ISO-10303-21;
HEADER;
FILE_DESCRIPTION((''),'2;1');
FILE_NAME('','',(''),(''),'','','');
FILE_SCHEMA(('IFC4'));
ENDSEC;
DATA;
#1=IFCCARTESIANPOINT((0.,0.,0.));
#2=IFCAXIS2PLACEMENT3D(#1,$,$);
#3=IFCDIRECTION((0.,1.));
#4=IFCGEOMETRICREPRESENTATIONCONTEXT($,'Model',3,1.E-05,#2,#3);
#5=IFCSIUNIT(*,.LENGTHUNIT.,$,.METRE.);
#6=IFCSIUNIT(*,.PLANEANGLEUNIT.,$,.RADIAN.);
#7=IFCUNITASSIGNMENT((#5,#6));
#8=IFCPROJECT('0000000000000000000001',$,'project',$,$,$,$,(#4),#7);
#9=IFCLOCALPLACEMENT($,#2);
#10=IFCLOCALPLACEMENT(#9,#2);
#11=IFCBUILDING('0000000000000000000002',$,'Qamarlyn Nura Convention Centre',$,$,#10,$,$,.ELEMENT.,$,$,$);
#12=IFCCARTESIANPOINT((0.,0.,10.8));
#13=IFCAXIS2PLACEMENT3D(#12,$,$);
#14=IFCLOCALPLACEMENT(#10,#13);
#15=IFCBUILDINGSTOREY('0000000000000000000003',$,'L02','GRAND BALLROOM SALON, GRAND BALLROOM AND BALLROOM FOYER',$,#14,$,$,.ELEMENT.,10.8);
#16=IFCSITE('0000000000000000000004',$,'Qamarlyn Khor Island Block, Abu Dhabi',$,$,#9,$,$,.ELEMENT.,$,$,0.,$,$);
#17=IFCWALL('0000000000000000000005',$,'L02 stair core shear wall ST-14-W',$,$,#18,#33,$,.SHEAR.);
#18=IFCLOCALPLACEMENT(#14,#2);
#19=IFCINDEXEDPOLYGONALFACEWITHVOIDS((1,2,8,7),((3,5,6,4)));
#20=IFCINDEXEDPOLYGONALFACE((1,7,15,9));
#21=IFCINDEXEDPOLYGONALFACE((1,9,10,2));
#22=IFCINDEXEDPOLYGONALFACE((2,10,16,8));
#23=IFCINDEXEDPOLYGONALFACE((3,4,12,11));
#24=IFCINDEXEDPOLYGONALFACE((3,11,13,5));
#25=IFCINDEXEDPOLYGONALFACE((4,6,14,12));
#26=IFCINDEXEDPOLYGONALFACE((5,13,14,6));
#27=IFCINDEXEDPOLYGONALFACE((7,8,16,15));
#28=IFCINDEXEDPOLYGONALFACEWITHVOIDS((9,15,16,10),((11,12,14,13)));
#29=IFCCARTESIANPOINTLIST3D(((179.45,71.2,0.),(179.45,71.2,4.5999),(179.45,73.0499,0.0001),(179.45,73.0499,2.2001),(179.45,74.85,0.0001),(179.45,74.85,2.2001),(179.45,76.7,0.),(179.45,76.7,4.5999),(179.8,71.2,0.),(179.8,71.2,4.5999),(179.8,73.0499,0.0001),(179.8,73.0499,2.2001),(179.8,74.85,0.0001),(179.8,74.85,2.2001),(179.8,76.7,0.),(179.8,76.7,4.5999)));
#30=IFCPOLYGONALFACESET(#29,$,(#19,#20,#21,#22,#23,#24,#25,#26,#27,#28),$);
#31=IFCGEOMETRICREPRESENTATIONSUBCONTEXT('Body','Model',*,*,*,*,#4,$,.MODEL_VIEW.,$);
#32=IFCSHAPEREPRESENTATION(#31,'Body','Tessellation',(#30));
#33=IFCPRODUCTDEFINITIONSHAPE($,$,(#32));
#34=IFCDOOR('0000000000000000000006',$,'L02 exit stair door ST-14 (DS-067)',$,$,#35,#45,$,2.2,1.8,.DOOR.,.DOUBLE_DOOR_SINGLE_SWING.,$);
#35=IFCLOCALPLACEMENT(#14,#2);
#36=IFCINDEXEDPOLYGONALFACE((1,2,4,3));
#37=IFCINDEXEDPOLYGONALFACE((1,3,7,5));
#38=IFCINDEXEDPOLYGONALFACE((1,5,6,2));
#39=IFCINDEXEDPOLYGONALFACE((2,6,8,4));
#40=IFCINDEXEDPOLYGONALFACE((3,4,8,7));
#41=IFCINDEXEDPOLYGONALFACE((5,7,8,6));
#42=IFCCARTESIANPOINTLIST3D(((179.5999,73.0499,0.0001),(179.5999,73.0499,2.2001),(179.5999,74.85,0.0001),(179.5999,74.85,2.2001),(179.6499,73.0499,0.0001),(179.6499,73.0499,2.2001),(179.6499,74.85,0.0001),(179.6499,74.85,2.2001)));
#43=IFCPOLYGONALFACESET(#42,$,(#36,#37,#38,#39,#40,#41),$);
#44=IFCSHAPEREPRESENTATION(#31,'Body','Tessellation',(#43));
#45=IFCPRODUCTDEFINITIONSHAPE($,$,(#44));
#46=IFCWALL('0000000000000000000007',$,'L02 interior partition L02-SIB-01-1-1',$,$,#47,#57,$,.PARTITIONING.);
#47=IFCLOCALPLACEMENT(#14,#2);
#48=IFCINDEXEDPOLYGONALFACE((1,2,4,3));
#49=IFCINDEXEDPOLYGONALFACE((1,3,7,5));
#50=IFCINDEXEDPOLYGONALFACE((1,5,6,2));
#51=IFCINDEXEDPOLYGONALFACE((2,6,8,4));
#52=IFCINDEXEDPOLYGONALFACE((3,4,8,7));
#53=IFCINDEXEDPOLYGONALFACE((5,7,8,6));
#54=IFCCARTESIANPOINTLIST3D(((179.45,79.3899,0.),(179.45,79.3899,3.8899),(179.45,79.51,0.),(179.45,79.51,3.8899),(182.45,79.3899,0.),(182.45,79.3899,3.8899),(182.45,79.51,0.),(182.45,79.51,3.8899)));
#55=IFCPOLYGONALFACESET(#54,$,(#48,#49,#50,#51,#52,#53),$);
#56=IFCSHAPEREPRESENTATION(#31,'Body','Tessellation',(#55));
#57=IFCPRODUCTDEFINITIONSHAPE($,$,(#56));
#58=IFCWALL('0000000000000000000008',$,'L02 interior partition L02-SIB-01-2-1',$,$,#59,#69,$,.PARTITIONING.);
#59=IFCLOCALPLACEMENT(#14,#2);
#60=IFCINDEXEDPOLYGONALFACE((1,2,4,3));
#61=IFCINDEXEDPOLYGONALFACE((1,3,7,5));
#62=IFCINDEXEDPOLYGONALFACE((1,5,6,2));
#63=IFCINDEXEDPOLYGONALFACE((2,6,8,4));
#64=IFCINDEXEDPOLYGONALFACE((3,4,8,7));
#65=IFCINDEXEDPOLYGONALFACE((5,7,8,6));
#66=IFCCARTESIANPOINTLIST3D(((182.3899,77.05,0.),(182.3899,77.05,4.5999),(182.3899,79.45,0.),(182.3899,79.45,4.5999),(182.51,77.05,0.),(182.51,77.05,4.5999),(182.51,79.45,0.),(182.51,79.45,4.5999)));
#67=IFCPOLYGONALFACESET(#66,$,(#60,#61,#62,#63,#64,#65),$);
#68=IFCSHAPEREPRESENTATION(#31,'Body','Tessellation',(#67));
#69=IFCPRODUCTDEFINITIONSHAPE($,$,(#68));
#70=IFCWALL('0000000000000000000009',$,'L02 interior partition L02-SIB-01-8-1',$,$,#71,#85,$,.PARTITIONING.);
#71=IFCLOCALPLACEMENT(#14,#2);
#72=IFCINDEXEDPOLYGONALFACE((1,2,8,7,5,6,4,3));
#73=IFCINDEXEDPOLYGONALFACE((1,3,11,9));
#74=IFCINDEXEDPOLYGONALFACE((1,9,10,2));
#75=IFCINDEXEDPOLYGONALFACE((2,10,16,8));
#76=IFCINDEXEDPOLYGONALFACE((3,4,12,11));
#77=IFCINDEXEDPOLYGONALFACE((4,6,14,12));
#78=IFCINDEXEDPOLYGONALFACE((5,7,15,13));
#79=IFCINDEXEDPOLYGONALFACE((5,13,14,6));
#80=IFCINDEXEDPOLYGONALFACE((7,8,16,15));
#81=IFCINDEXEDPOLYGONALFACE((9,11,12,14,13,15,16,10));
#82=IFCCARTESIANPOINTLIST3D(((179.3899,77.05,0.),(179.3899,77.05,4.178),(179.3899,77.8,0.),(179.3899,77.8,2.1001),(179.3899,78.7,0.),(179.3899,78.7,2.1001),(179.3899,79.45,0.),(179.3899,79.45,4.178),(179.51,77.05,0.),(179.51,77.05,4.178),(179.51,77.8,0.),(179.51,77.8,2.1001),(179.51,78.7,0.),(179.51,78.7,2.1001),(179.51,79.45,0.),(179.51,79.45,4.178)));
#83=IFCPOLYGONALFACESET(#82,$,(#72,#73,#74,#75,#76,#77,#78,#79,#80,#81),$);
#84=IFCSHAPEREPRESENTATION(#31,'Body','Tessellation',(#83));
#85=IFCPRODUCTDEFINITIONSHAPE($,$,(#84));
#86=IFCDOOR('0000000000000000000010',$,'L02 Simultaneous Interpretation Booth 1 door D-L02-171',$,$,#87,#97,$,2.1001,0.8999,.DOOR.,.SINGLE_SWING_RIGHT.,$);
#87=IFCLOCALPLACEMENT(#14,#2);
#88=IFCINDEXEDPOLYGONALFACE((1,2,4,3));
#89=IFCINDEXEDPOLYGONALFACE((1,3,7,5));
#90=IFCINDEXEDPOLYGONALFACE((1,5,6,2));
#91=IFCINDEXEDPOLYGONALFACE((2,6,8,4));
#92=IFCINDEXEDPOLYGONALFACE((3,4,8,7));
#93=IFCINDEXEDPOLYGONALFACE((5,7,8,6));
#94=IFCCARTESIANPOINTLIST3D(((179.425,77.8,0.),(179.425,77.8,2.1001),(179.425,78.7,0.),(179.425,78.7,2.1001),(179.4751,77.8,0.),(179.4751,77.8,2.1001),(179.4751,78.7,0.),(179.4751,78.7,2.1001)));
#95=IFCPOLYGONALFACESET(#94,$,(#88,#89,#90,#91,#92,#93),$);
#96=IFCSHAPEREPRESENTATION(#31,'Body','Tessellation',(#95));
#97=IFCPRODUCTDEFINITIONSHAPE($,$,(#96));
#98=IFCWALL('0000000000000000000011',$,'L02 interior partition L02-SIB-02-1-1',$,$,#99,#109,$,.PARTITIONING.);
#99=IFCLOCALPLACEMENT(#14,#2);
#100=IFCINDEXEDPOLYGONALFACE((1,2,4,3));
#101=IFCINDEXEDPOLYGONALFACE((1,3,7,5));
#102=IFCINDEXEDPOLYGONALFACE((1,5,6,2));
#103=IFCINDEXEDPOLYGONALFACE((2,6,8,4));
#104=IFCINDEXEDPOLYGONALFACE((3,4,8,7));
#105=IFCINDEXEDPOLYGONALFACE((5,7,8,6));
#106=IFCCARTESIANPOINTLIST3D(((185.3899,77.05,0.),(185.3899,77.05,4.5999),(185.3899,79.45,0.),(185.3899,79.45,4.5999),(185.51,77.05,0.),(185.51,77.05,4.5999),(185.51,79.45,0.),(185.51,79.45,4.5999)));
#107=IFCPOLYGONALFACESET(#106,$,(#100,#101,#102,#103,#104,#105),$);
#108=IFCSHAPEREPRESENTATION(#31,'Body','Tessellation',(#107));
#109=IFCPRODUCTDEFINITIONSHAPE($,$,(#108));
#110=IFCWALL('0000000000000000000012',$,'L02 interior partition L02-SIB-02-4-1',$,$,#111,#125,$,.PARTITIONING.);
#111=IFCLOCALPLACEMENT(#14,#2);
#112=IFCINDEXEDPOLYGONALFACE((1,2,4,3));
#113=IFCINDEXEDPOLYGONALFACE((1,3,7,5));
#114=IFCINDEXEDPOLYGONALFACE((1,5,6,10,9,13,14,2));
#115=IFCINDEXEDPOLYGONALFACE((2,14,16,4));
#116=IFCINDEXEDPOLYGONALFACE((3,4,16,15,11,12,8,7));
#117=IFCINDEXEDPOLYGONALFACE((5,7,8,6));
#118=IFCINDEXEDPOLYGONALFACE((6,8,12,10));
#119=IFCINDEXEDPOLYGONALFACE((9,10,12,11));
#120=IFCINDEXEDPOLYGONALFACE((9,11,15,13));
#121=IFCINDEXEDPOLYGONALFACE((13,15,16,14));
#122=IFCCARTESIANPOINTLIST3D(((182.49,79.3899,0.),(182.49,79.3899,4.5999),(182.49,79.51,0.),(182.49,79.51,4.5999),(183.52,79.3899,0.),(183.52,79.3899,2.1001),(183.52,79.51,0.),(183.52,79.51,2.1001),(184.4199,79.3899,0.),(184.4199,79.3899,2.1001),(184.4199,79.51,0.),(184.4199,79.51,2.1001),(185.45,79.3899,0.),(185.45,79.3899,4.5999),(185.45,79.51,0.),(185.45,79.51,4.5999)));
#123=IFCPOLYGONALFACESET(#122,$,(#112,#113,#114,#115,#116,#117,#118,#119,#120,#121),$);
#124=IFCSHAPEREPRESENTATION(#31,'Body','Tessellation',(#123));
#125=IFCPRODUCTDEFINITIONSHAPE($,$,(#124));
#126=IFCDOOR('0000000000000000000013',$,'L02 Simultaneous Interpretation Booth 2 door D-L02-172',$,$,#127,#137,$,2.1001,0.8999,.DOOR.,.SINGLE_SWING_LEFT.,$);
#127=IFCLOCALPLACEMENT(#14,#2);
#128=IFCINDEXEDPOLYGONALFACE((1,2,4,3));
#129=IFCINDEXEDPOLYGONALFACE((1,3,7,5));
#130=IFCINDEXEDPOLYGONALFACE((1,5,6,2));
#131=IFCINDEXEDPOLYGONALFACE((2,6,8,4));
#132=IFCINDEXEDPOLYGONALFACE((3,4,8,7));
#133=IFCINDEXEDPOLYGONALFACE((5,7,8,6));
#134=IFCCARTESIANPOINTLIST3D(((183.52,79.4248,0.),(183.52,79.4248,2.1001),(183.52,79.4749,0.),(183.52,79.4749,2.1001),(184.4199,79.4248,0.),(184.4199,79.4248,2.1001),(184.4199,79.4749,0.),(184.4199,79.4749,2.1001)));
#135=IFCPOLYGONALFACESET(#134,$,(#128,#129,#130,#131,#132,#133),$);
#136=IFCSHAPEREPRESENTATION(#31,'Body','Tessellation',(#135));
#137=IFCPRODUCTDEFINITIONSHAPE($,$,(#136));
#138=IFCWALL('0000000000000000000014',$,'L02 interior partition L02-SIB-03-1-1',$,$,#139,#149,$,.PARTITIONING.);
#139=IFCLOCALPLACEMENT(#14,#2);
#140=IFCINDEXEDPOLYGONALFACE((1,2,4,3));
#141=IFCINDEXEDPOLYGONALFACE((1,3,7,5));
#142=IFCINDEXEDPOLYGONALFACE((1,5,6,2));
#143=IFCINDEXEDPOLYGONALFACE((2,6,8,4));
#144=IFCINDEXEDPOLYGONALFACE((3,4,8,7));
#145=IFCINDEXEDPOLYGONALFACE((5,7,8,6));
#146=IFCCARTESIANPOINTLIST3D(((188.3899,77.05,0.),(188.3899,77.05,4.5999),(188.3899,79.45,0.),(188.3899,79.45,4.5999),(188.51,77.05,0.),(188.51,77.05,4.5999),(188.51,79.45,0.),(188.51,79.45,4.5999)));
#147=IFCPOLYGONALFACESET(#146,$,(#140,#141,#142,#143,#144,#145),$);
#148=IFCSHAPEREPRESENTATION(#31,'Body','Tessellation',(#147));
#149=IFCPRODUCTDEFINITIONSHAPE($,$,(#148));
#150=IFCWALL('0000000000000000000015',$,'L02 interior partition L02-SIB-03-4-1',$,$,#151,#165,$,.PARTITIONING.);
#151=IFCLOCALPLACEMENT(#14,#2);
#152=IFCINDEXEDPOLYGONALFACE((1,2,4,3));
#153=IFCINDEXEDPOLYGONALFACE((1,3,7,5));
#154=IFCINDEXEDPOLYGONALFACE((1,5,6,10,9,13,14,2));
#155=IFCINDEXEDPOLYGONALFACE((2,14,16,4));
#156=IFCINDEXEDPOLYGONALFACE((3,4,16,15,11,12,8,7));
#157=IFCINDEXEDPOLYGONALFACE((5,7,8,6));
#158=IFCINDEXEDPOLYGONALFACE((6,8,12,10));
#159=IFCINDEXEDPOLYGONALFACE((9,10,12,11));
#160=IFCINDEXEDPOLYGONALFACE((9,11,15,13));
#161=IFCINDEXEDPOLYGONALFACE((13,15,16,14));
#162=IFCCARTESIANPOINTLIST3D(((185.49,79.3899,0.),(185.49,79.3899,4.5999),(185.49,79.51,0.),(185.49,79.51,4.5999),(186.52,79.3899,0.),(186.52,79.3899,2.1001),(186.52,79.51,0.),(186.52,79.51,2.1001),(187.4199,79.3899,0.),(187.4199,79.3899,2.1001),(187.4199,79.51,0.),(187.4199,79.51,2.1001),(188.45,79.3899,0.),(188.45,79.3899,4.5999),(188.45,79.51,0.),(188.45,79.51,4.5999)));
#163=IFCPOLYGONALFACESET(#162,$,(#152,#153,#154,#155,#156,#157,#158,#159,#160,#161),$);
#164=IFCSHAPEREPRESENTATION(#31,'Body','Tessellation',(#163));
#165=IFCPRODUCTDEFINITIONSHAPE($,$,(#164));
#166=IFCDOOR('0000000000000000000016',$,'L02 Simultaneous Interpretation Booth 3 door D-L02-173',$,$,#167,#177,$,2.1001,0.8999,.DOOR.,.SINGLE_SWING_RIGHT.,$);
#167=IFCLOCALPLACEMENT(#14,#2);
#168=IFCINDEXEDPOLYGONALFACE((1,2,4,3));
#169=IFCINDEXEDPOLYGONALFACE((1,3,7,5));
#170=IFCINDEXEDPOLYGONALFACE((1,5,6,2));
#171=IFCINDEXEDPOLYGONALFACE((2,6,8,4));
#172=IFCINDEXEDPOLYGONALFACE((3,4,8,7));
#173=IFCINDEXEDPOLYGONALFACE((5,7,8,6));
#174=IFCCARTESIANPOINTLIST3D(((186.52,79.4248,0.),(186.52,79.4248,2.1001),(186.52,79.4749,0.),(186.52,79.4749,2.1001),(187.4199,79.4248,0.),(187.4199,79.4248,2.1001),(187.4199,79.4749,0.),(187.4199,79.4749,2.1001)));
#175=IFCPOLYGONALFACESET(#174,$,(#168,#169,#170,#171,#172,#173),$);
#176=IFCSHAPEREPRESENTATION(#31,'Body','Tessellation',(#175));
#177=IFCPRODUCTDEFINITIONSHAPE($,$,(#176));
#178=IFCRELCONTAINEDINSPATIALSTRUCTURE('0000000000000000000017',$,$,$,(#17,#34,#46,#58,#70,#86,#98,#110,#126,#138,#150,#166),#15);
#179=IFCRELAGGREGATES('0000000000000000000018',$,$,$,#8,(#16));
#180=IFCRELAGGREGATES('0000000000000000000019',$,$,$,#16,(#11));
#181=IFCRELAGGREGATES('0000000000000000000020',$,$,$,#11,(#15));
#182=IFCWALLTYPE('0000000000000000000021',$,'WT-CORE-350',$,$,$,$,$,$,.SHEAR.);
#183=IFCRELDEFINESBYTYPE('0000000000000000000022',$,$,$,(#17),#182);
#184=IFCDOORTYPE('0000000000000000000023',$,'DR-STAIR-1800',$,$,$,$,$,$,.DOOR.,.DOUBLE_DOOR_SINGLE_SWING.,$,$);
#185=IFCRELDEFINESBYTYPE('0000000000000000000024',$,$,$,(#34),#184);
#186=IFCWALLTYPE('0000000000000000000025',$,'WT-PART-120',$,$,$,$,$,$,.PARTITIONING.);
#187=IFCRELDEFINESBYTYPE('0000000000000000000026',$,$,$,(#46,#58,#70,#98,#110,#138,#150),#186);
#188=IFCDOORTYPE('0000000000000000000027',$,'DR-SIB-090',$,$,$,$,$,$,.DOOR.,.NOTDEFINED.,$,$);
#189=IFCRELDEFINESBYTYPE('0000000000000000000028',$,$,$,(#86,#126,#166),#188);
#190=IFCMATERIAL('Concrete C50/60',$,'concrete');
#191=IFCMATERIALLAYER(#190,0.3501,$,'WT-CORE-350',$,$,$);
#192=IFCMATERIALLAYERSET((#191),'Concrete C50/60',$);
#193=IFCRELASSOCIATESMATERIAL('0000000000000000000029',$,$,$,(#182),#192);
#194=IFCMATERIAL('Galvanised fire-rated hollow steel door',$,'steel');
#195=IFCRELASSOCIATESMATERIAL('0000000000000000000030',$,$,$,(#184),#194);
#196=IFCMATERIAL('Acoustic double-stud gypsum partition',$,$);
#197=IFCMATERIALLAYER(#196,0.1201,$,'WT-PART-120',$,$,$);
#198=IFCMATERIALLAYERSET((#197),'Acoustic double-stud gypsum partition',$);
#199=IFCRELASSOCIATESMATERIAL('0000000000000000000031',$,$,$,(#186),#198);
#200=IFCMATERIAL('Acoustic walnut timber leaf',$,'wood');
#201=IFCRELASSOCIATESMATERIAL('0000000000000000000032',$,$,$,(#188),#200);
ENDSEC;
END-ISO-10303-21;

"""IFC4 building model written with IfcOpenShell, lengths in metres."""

from ifc_helpers import new_model, si_unit, direction, frame, frame_2d, origin, place, context, subcontext, project, spatial, rectangle, extrude, material, layer, layer_set, type_object, element, fill, save


model = new_model("IFC4")

# Units and contexts
model_context = context("Model", 3, precision=1e-05, world=origin(), true_north=direction((0.0, 1.0)))
body_context = subcontext(model_context, "Body", "Model", "MODEL_VIEW")
ifc_project = project(units=[si_unit("LENGTHUNIT", "METRE"), si_unit("PLANEANGLEUNIT", "RADIAN")], contexts=[model_context])

# Site, building, storey
site_placement = place(None, origin())
site = spatial("IfcSite", under=ifc_project, at=site_placement, Name="Qamarlyn Khor Island Block, Abu Dhabi", CompositionType="ELEMENT", RefElevation=0.0)
building_placement = place(site_placement, origin())
building = spatial("IfcBuilding", under=site, at=building_placement, Name="Qamarlyn Nura Convention Centre", CompositionType="ELEMENT")
storey_placement = place(building_placement, frame((0.0, 0.0, 10.8)))
storey = spatial("IfcBuildingStorey", under=building, at=storey_placement, Name="L02", Description="GRAND BALLROOM SALON, GRAND BALLROOM AND BALLROOM FOYER", CompositionType="ELEMENT", Elevation=10.8)

# Shared definitions
ifc_material_1 = material(Name="Concrete C50/60", Category="concrete")
ifc_layer_1 = layer(ifc_material_1, 0.3501, Name="WT-CORE-350")
ifc_layer_set_1 = layer_set([ifc_layer_1], Name="Concrete C50/60")
wall_type_1 = type_object("IfcWallType", Name="WT-CORE-350", PredefinedType="SHEAR", material=ifc_layer_set_1)

# Wall, opening, door
wall_1_placement = place(storey_placement, frame((179.625, 76.7, 0.0), z_axis=(0.0, 0.0, 1.0), x_axis=(0.0, -1.0, 0.0)))
wall_1 = element("IfcWall", 1, at=wall_1_placement, inside=storey, type_object=wall_type_1, Name="L02 stair core shear wall ST-14-W", PredefinedType="SHEAR", context=body_context, shape_type="SweptSolid", body=[
    extrude(rectangle(XDim=5.5, YDim=0.3501, at=frame_2d((2.75, 0.0))), origin(), (0.0, 0.0, 1.0), 4.5999),
])
opening_1_placement = place(wall_1_placement, frame((1.8501, 0.0, 0.0)))
opening_1 = element("IfcOpeningElement", 2, at=opening_1_placement, cuts=wall_1, PredefinedType="OPENING", context=body_context, shape_type="SweptSolid", body=[
    extrude(rectangle(XDim=1.8, YDim=2.2, at=frame_2d((0.8999, 1.1001))), frame((0.0, 0.1851, 0.0), z_axis=(0.0, -1.0, 0.0), x_axis=(1.0, 0.0, 0.0)), (0.0, 0.0, 1.0), 0.3701),
])
ifc_material_2 = material(Name="Galvanised fire-rated hollow steel door", Category="steel")
door_type_1 = type_object("IfcDoorType", Name="DR-STAIR-1800", OperationType="DOUBLE_DOOR_SINGLE_SWING", PredefinedType="DOOR", material=ifc_material_2)
door_1_placement = place(opening_1_placement, origin())
door_1 = element("IfcDoor", 3, at=door_1_placement, inside=storey, type_object=door_type_1, Name="L02 exit stair door ST-14 (DS-067)", OperationType="DOUBLE_DOOR_SINGLE_SWING", OverallHeight=2.2, OverallWidth=1.8, PredefinedType="DOOR", context=body_context, shape_type="SweptSolid", body=[
    extrude(rectangle(XDim=1.8, YDim=2.2, at=frame_2d((0.8999, 1.1001))), frame((0.0, 0.0249, 0.0), z_axis=(0.0, -1.0, 0.0), x_axis=(1.0, 0.0, 0.0)), (0.0, 0.0, 1.0), 0.05),
])
fill(opening_1, door_1)

# Walls
ifc_material_3 = material(Name="Acoustic double-stud gypsum partition")
ifc_layer_2 = layer(ifc_material_3, 0.1201, Name="WT-PART-120")
ifc_layer_set_2 = layer_set([ifc_layer_2], Name="Acoustic double-stud gypsum partition")
wall_type_2 = type_object("IfcWallType", Name="WT-PART-120", PredefinedType="PARTITIONING", material=ifc_layer_set_2)
wall_2_placement = place(storey_placement, frame((179.45, 79.45, 0.0), z_axis=(0.0, 0.0, 1.0), x_axis=(1.0, 0.0, 0.0)))
element("IfcWall", 4, at=wall_2_placement, inside=storey, type_object=wall_type_2, Name="L02 interior partition L02-SIB-01-1-1", PredefinedType="PARTITIONING", context=body_context, shape_type="SweptSolid", body=[
    extrude(rectangle(XDim=3.0, YDim=0.1201, at=frame_2d((1.5, 0.0))), origin(), (0.0, 0.0, 1.0), 3.8899),
])
wall_3_placement = place(storey_placement, frame((182.45, 79.45, 0.0), z_axis=(0.0, 0.0, 1.0), x_axis=(0.0, -1.0, 0.0)))
element("IfcWall", 5, at=wall_3_placement, inside=storey, type_object=wall_type_2, Name="L02 interior partition L02-SIB-01-2-1", PredefinedType="PARTITIONING", context=body_context, shape_type="SweptSolid", body=[
    extrude(rectangle(XDim=2.3999, YDim=0.1201, at=frame_2d((1.2, 0.0))), origin(), (0.0, 0.0, 1.0), 4.5999),
])

# Wall, opening, door
wall_4_placement = place(storey_placement, frame((179.45, 77.05, 0.0), z_axis=(0.0, 0.0, 1.0), x_axis=(0.0, 1.0, 0.0)))
wall_4 = element("IfcWall", 6, at=wall_4_placement, inside=storey, type_object=wall_type_2, Name="L02 interior partition L02-SIB-01-8-1", PredefinedType="PARTITIONING", context=body_context, shape_type="SweptSolid", body=[
    extrude(rectangle(XDim=2.3999, YDim=0.1201, at=frame_2d((1.2, 0.0))), origin(), (0.0, 0.0, 1.0), 4.178),
])
opening_2_placement = place(wall_4_placement, frame((0.75, 0.0, 0.0)))
opening_2 = element("IfcOpeningElement", 7, at=opening_2_placement, cuts=wall_4, PredefinedType="OPENING", context=body_context, shape_type="SweptSolid", body=[
    extrude(rectangle(XDim=0.8999, YDim=2.1001, at=frame_2d((0.45, 1.05))), frame((0.0, 0.0701, 0.0), z_axis=(0.0, -1.0, 0.0), x_axis=(1.0, 0.0, 0.0)), (0.0, 0.0, 1.0), 0.1401),
])
ifc_material_4 = material(Name="Acoustic walnut timber leaf", Category="wood")
door_type_2 = type_object("IfcDoorType", Name="DR-SIB-090", OperationType="NOTDEFINED", PredefinedType="DOOR", material=ifc_material_4)
door_2_placement = place(opening_2_placement, origin())
door_2 = element("IfcDoor", 8, at=door_2_placement, inside=storey, type_object=door_type_2, Name="L02 Simultaneous Interpretation Booth 1 door D-L02-171", OperationType="SINGLE_SWING_RIGHT", OverallHeight=2.1001, OverallWidth=0.8999, PredefinedType="DOOR", context=body_context, shape_type="SweptSolid", body=[
    extrude(rectangle(XDim=0.8999, YDim=2.1001, at=frame_2d((0.45, 1.05))), frame((0.0, 0.0249, 0.0), z_axis=(0.0, -1.0, 0.0), x_axis=(1.0, 0.0, 0.0)), (0.0, 0.0, 1.0), 0.05),
])
fill(opening_2, door_2)

# Wall
wall_5_placement = place(storey_placement, frame((185.45, 79.45, 0.0), z_axis=(0.0, 0.0, 1.0), x_axis=(0.0, -1.0, 0.0)))
element("IfcWall", 9, at=wall_5_placement, inside=storey, type_object=wall_type_2, Name="L02 interior partition L02-SIB-02-1-1", PredefinedType="PARTITIONING", context=body_context, shape_type="SweptSolid", body=[
    extrude(rectangle(XDim=2.3999, YDim=0.1201, at=frame_2d((1.2, 0.0))), origin(), (0.0, 0.0, 1.0), 4.5999),
])

# Wall, opening, door
wall_6_placement = place(storey_placement, frame((182.49, 79.45, 0.0), z_axis=(0.0, 0.0, 1.0), x_axis=(1.0, 0.0, 0.0)))
wall_6 = element("IfcWall", 10, at=wall_6_placement, inside=storey, type_object=wall_type_2, Name="L02 interior partition L02-SIB-02-4-1", PredefinedType="PARTITIONING", context=body_context, shape_type="SweptSolid", body=[
    extrude(rectangle(XDim=2.96, YDim=0.1201, at=frame_2d((1.48, 0.0))), origin(), (0.0, 0.0, 1.0), 4.5999),
])
opening_3_placement = place(wall_6_placement, frame((1.03, 0.0, 0.0)))
opening_3 = element("IfcOpeningElement", 11, at=opening_3_placement, cuts=wall_6, PredefinedType="OPENING", context=body_context, shape_type="SweptSolid", body=[
    extrude(rectangle(XDim=0.8999, YDim=2.1001, at=frame_2d((0.45, 1.05))), frame((0.0, 0.0701, 0.0), z_axis=(0.0, -1.0, 0.0), x_axis=(1.0, 0.0, 0.0)), (0.0, 0.0, 1.0), 0.1401),
])
door_3_placement = place(opening_3_placement, origin())
door_3 = element("IfcDoor", 12, at=door_3_placement, inside=storey, type_object=door_type_2, Name="L02 Simultaneous Interpretation Booth 2 door D-L02-172", OperationType="SINGLE_SWING_LEFT", OverallHeight=2.1001, OverallWidth=0.8999, PredefinedType="DOOR", context=body_context, shape_type="SweptSolid", body=[
    extrude(rectangle(XDim=0.8999, YDim=2.1001, at=frame_2d((0.45, 1.05))), frame((0.0, 0.0249, 0.0), z_axis=(0.0, -1.0, 0.0), x_axis=(1.0, 0.0, 0.0)), (0.0, 0.0, 1.0), 0.05),
])
fill(opening_3, door_3)

# Wall
wall_7_placement = place(storey_placement, frame((188.45, 79.45, 0.0), z_axis=(0.0, 0.0, 1.0), x_axis=(0.0, -1.0, 0.0)))
element("IfcWall", 13, at=wall_7_placement, inside=storey, type_object=wall_type_2, Name="L02 interior partition L02-SIB-03-1-1", PredefinedType="PARTITIONING", context=body_context, shape_type="SweptSolid", body=[
    extrude(rectangle(XDim=2.3999, YDim=0.1201, at=frame_2d((1.2, 0.0))), origin(), (0.0, 0.0, 1.0), 4.5999),
])

# Wall, opening, door
wall_8_placement = place(storey_placement, frame((185.49, 79.45, 0.0), z_axis=(0.0, 0.0, 1.0), x_axis=(1.0, 0.0, 0.0)))
wall_8 = element("IfcWall", 14, at=wall_8_placement, inside=storey, type_object=wall_type_2, Name="L02 interior partition L02-SIB-03-4-1", PredefinedType="PARTITIONING", context=body_context, shape_type="SweptSolid", body=[
    extrude(rectangle(XDim=2.96, YDim=0.1201, at=frame_2d((1.48, 0.0))), origin(), (0.0, 0.0, 1.0), 4.5999),
])
opening_4_placement = place(wall_8_placement, frame((1.03, 0.0, 0.0)))
opening_4 = element("IfcOpeningElement", 15, at=opening_4_placement, cuts=wall_8, PredefinedType="OPENING", context=body_context, shape_type="SweptSolid", body=[
    extrude(rectangle(XDim=0.8999, YDim=2.1001, at=frame_2d((0.45, 1.05))), frame((0.0, 0.0701, 0.0), z_axis=(0.0, -1.0, 0.0), x_axis=(1.0, 0.0, 0.0)), (0.0, 0.0, 1.0), 0.1401),
])
door_4_placement = place(opening_4_placement, origin())
door_4 = element("IfcDoor", 16, at=door_4_placement, inside=storey, type_object=door_type_2, Name="L02 Simultaneous Interpretation Booth 3 door D-L02-173", OperationType="SINGLE_SWING_RIGHT", OverallHeight=2.1001, OverallWidth=0.8999, PredefinedType="DOOR", context=body_context, shape_type="SweptSolid", body=[
    extrude(rectangle(XDim=0.8999, YDim=2.1001, at=frame_2d((0.45, 1.05))), frame((0.0, 0.0249, 0.0), z_axis=(0.0, -1.0, 0.0), x_axis=(1.0, 0.0, 0.0)), (0.0, 0.0, 1.0), 0.05),
])
fill(opening_4, door_4)

save(model, "model.ifc")
